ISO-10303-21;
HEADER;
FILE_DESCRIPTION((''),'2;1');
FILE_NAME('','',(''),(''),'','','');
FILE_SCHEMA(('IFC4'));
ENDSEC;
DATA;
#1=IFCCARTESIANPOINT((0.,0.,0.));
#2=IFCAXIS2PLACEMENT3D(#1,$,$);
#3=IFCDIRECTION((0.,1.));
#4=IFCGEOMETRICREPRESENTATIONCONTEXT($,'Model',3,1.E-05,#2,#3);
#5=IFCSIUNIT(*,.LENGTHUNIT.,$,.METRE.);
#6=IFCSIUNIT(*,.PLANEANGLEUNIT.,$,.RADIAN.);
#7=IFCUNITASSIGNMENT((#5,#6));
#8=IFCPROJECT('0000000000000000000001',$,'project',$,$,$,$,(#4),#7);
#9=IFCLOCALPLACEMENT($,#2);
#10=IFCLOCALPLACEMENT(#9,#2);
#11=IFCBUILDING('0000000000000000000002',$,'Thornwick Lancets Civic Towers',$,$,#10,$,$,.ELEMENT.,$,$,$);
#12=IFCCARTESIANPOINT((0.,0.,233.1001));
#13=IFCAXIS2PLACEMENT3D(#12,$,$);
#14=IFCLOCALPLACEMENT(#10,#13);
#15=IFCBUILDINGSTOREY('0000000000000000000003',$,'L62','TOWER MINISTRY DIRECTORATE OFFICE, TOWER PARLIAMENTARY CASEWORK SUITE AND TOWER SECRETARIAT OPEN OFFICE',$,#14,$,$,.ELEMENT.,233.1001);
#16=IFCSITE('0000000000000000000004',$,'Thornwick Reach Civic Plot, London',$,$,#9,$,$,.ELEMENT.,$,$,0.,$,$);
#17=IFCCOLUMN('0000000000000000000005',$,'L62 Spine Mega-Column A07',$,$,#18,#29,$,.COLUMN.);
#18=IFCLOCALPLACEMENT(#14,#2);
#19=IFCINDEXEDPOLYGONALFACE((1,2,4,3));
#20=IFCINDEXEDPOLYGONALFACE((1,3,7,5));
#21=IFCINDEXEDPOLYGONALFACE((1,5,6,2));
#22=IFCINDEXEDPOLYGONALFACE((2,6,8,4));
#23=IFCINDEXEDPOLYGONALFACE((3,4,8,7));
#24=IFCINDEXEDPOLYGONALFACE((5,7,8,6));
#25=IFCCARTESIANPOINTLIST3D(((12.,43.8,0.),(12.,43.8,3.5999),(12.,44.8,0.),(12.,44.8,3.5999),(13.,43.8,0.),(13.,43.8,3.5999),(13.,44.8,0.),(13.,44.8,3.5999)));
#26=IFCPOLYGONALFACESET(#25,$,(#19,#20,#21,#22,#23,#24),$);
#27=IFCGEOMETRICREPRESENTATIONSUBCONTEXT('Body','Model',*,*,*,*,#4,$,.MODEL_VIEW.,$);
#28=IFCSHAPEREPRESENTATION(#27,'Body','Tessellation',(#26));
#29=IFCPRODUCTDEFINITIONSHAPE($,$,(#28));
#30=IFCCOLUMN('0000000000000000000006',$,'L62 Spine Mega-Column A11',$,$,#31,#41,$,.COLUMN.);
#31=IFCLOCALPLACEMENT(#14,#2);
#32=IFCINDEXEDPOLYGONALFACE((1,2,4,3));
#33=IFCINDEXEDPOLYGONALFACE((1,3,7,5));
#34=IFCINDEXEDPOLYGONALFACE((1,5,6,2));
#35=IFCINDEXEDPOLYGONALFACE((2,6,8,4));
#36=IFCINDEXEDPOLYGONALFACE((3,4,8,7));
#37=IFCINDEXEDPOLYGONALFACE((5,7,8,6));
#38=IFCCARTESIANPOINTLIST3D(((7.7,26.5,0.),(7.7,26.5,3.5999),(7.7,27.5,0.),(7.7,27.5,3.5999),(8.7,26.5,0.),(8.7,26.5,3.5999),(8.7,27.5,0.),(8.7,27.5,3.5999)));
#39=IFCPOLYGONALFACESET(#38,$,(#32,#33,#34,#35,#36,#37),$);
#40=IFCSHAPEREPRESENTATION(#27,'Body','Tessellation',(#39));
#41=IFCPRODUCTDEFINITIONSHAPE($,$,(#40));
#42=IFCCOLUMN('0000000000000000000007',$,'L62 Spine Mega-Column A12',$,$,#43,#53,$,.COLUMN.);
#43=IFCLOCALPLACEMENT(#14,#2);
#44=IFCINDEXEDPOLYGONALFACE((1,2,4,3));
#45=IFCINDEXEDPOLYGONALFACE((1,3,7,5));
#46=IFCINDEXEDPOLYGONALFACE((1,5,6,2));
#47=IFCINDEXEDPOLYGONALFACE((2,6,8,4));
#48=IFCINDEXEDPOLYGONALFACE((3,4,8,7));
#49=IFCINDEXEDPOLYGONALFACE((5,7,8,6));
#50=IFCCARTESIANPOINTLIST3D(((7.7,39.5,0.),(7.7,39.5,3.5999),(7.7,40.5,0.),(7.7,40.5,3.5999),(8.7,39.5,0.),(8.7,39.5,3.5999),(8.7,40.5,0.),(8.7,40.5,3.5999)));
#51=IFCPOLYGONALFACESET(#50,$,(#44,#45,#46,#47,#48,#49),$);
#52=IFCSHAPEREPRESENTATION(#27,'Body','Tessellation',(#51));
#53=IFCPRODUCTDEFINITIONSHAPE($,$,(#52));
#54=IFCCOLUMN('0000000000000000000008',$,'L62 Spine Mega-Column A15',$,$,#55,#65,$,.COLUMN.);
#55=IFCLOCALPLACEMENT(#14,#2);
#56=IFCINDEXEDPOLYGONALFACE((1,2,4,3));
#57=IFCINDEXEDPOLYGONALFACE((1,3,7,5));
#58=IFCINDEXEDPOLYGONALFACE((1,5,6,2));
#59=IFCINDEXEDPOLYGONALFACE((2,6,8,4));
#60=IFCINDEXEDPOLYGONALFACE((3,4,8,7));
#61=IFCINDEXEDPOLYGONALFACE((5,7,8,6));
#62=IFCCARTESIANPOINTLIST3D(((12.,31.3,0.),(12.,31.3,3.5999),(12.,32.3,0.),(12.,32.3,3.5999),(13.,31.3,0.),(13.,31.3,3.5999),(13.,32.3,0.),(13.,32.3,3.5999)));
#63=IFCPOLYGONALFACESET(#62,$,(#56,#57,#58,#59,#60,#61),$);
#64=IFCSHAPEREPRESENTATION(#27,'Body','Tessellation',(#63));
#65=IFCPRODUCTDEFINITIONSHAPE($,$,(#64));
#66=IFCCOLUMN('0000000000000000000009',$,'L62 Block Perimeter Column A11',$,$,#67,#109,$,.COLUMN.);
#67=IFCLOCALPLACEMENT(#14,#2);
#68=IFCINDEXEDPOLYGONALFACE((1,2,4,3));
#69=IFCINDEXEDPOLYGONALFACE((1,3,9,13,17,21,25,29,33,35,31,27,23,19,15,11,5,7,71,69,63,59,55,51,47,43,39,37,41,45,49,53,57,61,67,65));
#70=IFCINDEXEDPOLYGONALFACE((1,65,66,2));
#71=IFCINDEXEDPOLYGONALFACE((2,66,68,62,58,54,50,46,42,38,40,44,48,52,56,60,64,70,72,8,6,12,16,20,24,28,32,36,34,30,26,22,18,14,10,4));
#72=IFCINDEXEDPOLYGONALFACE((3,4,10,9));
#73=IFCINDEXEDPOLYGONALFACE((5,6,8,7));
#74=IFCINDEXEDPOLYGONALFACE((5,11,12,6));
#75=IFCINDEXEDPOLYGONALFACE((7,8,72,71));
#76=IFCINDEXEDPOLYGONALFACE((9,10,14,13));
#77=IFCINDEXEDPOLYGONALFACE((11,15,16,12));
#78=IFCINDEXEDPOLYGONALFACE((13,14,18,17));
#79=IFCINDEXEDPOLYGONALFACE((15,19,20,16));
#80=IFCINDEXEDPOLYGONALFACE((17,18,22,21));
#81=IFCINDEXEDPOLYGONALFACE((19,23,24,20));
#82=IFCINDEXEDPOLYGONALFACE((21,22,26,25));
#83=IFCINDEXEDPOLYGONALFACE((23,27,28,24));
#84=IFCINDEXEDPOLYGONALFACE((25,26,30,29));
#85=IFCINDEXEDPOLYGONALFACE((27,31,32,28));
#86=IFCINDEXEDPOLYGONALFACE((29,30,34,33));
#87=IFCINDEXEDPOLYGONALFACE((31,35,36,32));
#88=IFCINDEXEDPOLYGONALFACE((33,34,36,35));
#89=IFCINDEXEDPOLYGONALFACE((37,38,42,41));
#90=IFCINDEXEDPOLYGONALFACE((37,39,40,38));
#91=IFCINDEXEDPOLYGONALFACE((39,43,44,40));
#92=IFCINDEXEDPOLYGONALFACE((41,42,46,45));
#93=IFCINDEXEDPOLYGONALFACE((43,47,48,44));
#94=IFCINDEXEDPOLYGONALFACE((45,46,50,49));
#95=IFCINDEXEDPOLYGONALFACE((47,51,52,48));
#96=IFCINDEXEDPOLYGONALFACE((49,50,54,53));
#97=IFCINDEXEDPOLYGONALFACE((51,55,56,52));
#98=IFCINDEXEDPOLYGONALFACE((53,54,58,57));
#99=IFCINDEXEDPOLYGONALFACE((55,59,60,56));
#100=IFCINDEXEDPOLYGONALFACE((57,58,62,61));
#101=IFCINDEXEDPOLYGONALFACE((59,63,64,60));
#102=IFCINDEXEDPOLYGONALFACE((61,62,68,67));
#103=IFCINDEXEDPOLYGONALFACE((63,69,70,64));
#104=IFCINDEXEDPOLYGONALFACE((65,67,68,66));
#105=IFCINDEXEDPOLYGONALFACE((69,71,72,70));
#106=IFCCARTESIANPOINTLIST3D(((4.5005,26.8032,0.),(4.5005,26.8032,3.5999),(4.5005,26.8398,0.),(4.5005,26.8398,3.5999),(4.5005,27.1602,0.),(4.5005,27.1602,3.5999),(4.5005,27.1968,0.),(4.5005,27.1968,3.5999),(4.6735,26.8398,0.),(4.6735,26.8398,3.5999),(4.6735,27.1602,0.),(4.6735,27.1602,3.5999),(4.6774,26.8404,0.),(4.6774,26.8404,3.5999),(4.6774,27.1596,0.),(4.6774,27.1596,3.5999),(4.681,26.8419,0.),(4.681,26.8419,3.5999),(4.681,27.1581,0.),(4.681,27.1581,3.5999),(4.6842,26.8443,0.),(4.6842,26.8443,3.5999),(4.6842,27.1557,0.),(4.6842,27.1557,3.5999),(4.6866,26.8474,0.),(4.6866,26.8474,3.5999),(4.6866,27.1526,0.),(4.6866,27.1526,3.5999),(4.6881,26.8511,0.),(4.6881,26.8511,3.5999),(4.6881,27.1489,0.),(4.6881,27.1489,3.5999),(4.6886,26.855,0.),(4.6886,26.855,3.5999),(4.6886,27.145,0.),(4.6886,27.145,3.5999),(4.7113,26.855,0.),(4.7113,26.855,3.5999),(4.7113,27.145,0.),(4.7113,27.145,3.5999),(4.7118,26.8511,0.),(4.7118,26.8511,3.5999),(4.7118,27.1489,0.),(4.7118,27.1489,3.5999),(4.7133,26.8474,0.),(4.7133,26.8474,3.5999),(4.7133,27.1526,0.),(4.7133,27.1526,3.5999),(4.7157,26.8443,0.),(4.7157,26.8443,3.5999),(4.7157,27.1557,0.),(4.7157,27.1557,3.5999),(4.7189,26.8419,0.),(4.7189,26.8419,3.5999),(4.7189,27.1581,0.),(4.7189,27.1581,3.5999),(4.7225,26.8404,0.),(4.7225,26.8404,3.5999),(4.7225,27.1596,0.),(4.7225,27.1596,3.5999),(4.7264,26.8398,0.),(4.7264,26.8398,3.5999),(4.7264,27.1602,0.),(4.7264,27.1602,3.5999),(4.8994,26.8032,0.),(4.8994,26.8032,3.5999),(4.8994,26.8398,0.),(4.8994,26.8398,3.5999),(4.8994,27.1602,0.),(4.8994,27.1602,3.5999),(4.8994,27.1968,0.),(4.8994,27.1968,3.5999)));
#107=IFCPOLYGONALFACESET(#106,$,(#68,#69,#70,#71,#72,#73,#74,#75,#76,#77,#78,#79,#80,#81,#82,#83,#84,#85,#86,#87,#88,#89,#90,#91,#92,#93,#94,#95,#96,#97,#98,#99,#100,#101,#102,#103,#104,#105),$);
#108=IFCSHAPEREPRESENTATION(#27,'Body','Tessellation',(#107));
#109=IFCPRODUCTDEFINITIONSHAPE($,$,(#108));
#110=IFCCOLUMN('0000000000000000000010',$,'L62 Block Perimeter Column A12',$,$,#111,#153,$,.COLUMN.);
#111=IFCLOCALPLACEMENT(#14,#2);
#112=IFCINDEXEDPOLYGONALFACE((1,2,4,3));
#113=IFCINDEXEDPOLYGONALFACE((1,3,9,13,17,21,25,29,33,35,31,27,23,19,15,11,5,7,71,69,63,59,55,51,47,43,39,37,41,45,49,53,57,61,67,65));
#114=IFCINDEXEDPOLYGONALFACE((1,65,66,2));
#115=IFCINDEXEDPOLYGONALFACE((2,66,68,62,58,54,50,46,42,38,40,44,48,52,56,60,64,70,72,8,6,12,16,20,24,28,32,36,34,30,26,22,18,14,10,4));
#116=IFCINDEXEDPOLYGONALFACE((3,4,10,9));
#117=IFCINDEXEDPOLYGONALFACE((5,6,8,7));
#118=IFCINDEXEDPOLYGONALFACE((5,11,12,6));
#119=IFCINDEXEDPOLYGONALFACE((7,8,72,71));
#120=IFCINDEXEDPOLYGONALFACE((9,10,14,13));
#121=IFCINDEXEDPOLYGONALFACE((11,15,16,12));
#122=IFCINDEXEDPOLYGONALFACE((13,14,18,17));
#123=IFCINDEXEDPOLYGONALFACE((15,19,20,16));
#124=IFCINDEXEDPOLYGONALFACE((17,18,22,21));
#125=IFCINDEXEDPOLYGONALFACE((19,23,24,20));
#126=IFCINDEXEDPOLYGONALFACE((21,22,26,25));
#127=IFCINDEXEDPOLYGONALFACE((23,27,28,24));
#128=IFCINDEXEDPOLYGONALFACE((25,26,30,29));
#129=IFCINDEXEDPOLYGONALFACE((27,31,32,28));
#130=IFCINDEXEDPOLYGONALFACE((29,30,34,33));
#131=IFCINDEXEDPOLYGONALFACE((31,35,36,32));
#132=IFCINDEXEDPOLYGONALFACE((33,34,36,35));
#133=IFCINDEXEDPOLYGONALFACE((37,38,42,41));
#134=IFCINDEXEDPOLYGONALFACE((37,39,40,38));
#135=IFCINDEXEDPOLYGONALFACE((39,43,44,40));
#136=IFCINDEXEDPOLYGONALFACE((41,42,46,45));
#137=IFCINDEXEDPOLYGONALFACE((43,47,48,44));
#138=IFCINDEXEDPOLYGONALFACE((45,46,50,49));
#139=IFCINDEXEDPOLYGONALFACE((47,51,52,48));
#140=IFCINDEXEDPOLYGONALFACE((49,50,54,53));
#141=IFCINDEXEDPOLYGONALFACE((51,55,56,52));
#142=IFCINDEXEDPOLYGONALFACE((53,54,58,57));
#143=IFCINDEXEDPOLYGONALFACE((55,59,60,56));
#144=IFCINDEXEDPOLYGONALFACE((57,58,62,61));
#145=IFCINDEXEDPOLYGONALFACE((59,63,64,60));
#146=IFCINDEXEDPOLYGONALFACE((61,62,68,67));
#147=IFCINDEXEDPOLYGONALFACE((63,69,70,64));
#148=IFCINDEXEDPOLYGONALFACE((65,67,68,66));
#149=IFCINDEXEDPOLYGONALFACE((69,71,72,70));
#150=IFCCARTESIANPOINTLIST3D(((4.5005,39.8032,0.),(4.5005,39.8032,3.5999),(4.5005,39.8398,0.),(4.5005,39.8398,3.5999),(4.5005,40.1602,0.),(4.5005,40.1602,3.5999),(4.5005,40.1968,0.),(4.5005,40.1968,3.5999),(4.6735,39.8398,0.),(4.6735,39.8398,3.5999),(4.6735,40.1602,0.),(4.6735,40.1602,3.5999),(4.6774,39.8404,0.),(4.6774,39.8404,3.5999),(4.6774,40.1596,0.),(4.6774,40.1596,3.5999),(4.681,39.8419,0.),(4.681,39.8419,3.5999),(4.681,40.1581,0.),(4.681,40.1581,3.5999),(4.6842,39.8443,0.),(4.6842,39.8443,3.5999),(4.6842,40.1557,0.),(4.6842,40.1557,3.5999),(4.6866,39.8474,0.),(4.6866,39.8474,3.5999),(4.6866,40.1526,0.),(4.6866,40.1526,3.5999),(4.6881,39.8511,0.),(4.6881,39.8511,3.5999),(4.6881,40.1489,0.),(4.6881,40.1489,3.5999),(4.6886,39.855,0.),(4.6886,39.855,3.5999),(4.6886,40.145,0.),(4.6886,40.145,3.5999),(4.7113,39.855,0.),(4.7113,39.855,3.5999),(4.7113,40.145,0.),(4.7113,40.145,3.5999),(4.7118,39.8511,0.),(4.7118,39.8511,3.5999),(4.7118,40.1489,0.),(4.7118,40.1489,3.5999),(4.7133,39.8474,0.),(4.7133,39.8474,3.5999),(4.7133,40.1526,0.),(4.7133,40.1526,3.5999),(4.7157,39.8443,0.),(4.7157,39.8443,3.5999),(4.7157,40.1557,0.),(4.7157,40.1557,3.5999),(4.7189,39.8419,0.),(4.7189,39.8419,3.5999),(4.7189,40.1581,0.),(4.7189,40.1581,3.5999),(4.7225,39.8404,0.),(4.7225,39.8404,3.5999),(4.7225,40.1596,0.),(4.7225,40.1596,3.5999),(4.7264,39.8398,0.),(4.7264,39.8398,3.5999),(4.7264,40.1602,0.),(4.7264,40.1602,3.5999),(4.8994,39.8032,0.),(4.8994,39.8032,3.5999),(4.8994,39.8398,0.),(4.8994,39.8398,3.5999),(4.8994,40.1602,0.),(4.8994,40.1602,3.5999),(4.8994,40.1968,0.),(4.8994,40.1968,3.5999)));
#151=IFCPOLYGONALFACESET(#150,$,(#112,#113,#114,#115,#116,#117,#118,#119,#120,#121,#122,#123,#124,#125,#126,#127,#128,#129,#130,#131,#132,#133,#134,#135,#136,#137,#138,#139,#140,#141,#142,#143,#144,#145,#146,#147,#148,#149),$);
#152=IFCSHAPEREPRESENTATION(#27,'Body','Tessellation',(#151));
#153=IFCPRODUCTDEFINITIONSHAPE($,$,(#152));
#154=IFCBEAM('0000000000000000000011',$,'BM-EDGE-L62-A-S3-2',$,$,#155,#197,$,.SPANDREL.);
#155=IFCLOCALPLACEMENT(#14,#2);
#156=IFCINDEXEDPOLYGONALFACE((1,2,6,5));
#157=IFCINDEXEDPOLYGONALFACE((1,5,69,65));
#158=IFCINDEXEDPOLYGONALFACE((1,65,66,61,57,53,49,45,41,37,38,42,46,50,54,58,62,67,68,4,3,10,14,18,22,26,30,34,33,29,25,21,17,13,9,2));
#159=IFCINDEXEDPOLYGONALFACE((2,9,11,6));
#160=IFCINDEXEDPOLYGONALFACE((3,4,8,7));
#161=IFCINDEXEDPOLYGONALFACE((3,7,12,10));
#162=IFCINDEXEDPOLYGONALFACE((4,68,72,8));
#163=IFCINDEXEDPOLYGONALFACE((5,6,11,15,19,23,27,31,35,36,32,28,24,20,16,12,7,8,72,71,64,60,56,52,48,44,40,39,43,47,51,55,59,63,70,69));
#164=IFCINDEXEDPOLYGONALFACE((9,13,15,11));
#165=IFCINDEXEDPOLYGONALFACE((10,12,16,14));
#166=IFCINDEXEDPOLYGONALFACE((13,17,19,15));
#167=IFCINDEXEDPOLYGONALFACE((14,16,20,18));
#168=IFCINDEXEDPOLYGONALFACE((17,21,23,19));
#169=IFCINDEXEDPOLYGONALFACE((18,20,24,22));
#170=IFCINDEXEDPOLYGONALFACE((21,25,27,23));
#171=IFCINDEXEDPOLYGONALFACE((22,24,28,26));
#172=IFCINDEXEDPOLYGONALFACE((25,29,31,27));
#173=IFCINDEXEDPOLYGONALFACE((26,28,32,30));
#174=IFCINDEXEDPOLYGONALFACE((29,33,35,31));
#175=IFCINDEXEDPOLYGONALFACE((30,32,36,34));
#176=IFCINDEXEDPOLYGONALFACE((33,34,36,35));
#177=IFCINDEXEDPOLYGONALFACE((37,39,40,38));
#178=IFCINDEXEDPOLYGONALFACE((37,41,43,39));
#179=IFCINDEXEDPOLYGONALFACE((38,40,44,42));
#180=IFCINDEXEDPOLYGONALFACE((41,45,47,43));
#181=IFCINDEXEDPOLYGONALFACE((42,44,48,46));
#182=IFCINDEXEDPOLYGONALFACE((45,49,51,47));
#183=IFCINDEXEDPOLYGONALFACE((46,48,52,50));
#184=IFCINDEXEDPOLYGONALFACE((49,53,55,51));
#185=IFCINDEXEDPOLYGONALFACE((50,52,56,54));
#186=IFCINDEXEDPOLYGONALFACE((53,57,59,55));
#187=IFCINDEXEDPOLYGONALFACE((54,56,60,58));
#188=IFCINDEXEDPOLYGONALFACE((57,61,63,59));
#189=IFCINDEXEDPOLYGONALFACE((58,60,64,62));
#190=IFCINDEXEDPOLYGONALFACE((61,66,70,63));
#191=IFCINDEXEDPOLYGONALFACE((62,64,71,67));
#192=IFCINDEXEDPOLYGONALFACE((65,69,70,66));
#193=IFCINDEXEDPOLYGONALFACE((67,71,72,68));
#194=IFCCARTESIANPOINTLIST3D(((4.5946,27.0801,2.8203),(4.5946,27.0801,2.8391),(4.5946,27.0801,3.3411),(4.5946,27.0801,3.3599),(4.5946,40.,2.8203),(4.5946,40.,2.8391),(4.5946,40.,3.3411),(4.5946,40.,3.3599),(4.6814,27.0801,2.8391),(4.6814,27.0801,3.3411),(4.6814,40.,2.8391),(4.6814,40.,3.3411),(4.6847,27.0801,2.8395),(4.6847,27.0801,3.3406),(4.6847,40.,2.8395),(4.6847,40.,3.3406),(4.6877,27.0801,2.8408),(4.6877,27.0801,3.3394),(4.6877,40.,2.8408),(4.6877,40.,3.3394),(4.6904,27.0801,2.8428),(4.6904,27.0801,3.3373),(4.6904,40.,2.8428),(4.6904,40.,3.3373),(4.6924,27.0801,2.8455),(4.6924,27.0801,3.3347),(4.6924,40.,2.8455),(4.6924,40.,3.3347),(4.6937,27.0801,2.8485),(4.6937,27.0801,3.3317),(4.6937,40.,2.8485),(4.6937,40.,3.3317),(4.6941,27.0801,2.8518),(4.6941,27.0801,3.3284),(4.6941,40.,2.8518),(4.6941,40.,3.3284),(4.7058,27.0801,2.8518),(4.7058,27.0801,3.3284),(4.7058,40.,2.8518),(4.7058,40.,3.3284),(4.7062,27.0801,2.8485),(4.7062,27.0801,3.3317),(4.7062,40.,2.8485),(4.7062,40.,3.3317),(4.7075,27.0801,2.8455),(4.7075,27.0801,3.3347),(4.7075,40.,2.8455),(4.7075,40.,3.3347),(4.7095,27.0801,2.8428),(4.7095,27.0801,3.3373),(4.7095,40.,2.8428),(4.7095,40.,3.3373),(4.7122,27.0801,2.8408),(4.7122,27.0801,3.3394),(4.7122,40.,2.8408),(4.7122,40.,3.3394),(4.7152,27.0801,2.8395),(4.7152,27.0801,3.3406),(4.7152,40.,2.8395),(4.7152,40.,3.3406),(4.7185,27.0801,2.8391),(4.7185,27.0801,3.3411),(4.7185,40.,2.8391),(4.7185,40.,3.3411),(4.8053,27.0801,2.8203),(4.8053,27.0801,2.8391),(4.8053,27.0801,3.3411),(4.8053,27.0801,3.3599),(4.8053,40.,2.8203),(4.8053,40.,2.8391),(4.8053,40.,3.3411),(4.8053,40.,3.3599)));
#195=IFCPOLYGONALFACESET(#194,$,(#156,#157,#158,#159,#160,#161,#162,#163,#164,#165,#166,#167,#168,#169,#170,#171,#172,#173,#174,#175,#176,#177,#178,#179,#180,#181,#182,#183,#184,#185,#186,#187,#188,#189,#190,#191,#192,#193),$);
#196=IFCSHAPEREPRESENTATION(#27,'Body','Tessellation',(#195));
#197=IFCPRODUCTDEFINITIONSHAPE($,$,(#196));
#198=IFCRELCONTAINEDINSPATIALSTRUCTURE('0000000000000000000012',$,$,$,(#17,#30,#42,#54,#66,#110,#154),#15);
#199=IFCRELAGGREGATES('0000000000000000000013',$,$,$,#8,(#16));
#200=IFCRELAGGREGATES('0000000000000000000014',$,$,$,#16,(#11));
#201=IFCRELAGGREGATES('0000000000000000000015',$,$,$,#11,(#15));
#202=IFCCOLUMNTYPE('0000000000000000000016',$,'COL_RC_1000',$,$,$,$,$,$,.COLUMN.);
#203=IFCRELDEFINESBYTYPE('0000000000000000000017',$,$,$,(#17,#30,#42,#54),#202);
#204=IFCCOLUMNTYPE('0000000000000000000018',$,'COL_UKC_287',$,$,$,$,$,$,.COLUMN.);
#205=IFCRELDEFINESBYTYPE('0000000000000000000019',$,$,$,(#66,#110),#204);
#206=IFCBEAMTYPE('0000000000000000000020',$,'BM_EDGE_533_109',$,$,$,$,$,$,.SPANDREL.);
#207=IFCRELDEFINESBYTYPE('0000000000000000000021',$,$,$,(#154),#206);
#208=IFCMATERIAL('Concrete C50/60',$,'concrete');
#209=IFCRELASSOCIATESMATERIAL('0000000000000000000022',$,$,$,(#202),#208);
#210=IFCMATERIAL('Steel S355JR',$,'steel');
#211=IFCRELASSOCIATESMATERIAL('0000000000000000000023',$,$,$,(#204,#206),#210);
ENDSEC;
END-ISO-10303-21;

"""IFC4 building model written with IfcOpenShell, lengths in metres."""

from ifc_helpers import new_model, si_unit, direction, frame, origin, origin_2d, place, context, subcontext, project, spatial, rectangle, i_section, extrude, material, material_profile, profile_set, type_object, element, save


model = new_model("IFC4")

# Units and contexts
model_context = context("Model", 3, precision=1e-05, world=origin(), true_north=direction((0.0, 1.0)))
body_context = subcontext(model_context, "Body", "Model", "MODEL_VIEW")
ifc_project = project(units=[si_unit("LENGTHUNIT", "METRE"), si_unit("PLANEANGLEUNIT", "RADIAN")], contexts=[model_context])

# Site, building, storey
site_placement = place(None, origin())
site = spatial("IfcSite", under=ifc_project, at=site_placement, Name="Thornwick Reach Civic Plot, London", CompositionType="ELEMENT", RefElevation=0.0)
building_placement = place(site_placement, origin())
building = spatial("IfcBuilding", under=site, at=building_placement, Name="Thornwick Lancets Civic Towers", CompositionType="ELEMENT")
storey_placement = place(building_placement, frame((0.0, 0.0, 233.1001)))
storey = spatial("IfcBuildingStorey", under=building, at=storey_placement, Name="L62", Description="TOWER MINISTRY DIRECTORATE OFFICE, TOWER PARLIAMENTARY CASEWORK SUITE AND TOWER SECRETARIAT OPEN OFFICE", CompositionType="ELEMENT", Elevation=233.1001)

# Columns
ifc_material_1 = material(Name="Concrete C50/60", Category="concrete")
ifc_material_profile_1 = material_profile(ifc_material_1, rectangle(XDim=1.0, YDim=1.0, at=origin_2d()), Name="RC 1000x1000")
ifc_profile_set_1 = profile_set([ifc_material_profile_1], Name="Concrete C50/60")
column_type_1 = type_object("IfcColumnType", Name="COL_RC_1000", PredefinedType="COLUMN", material=ifc_profile_set_1)
for number, where, z_axis, x_axis, name in (
    (1, (12.5, 44.3, 0.0), (0.0, 0.0, 1.0), (1.0, 0.0, 0.0), "L62 Spine Mega-Column A07"),
    (2, (8.2, 27.0, 0.0), (0.0, 0.0, 1.0), (1.0, 0.0, 0.0), "L62 Spine Mega-Column A11"),
    (3, (8.2, 40.0, 0.0), (0.0, 0.0, 1.0), (1.0, 0.0, 0.0), "L62 Spine Mega-Column A12"),
    (4, (12.5, 31.8, 0.0), (0.0, 0.0, 1.0), (1.0, 0.0, 0.0), "L62 Spine Mega-Column A15"),
):
    element("IfcColumn", number, at=place(storey_placement, frame(where, z_axis=z_axis, x_axis=x_axis)), inside=storey, type_object=column_type_1, Name=name, PredefinedType="COLUMN", context=body_context, shape_type="SweptSolid", body=[
        extrude(rectangle(XDim=1.0, YDim=1.0, at=origin_2d()), origin(), (0.0, 0.0, 1.0), 3.5999),
    ])
ifc_material_2 = material(Name="Steel S355JR", Category="steel")
ifc_material_profile_2 = material_profile(ifc_material_2, i_section(OverallWidth=0.3989, OverallDepth=0.3936, WebThickness=0.0227, FlangeThickness=0.0366, FilletRadius=0.0151, at=origin_2d()), Name="UKC 356x406x287")
ifc_profile_set_2 = profile_set([ifc_material_profile_2], Name="Steel S355JR")
column_type_2 = type_object("IfcColumnType", Name="COL_UKC_287", PredefinedType="COLUMN", material=ifc_profile_set_2)
for number, where, z_axis, x_axis, name in (
    (5, (4.7, 27.0, 0.0), (0.0, 0.0, 1.0), (1.0, 0.0, 0.0), "L62 Block Perimeter Column A11"),
    (6, (4.7, 40.0, 0.0), (0.0, 0.0, 1.0), (1.0, 0.0, 0.0), "L62 Block Perimeter Column A12"),
):
    element("IfcColumn", number, at=place(storey_placement, frame(where, z_axis=z_axis, x_axis=x_axis)), inside=storey, type_object=column_type_2, Name=name, PredefinedType="COLUMN", context=body_context, shape_type="SweptSolid", body=[
        extrude(i_section(OverallWidth=0.3989, OverallDepth=0.3936, WebThickness=0.0227, FlangeThickness=0.0366, FilletRadius=0.0151, at=origin_2d()), origin(), (0.0, 0.0, 1.0), 3.5999),
    ])

# Beam
ifc_material_profile_3 = material_profile(ifc_material_2, i_section(OverallWidth=0.2107, OverallDepth=0.5396, WebThickness=0.0117, FlangeThickness=0.0188, FilletRadius=0.0127, at=origin_2d()), Name="UKB 533x210x109")
ifc_profile_set_3 = profile_set([ifc_material_profile_3], Name="Steel S355JR")
beam_type_1 = type_object("IfcBeamType", Name="BM_EDGE_533_109", PredefinedType="SPANDREL", material=ifc_profile_set_3)
beam_1_placement = place(storey_placement, frame((4.7, 27.0801, 3.0901), z_axis=(0.0, 1.0, 0.0), x_axis=(-1.0, 0.0, 0.0)))
element("IfcBeam", 7, at=beam_1_placement, inside=storey, type_object=beam_type_1, Name="BM-EDGE-L62-A-S3-2", PredefinedType="SPANDREL", context=body_context, shape_type="SweptSolid", body=[
    extrude(i_section(OverallWidth=0.2107, OverallDepth=0.5396, WebThickness=0.0117, FlangeThickness=0.0188, FilletRadius=0.0127, at=origin_2d()), origin(), (0.0, 0.0, 1.0), 12.9199),
])

save(model, "model.ifc")
